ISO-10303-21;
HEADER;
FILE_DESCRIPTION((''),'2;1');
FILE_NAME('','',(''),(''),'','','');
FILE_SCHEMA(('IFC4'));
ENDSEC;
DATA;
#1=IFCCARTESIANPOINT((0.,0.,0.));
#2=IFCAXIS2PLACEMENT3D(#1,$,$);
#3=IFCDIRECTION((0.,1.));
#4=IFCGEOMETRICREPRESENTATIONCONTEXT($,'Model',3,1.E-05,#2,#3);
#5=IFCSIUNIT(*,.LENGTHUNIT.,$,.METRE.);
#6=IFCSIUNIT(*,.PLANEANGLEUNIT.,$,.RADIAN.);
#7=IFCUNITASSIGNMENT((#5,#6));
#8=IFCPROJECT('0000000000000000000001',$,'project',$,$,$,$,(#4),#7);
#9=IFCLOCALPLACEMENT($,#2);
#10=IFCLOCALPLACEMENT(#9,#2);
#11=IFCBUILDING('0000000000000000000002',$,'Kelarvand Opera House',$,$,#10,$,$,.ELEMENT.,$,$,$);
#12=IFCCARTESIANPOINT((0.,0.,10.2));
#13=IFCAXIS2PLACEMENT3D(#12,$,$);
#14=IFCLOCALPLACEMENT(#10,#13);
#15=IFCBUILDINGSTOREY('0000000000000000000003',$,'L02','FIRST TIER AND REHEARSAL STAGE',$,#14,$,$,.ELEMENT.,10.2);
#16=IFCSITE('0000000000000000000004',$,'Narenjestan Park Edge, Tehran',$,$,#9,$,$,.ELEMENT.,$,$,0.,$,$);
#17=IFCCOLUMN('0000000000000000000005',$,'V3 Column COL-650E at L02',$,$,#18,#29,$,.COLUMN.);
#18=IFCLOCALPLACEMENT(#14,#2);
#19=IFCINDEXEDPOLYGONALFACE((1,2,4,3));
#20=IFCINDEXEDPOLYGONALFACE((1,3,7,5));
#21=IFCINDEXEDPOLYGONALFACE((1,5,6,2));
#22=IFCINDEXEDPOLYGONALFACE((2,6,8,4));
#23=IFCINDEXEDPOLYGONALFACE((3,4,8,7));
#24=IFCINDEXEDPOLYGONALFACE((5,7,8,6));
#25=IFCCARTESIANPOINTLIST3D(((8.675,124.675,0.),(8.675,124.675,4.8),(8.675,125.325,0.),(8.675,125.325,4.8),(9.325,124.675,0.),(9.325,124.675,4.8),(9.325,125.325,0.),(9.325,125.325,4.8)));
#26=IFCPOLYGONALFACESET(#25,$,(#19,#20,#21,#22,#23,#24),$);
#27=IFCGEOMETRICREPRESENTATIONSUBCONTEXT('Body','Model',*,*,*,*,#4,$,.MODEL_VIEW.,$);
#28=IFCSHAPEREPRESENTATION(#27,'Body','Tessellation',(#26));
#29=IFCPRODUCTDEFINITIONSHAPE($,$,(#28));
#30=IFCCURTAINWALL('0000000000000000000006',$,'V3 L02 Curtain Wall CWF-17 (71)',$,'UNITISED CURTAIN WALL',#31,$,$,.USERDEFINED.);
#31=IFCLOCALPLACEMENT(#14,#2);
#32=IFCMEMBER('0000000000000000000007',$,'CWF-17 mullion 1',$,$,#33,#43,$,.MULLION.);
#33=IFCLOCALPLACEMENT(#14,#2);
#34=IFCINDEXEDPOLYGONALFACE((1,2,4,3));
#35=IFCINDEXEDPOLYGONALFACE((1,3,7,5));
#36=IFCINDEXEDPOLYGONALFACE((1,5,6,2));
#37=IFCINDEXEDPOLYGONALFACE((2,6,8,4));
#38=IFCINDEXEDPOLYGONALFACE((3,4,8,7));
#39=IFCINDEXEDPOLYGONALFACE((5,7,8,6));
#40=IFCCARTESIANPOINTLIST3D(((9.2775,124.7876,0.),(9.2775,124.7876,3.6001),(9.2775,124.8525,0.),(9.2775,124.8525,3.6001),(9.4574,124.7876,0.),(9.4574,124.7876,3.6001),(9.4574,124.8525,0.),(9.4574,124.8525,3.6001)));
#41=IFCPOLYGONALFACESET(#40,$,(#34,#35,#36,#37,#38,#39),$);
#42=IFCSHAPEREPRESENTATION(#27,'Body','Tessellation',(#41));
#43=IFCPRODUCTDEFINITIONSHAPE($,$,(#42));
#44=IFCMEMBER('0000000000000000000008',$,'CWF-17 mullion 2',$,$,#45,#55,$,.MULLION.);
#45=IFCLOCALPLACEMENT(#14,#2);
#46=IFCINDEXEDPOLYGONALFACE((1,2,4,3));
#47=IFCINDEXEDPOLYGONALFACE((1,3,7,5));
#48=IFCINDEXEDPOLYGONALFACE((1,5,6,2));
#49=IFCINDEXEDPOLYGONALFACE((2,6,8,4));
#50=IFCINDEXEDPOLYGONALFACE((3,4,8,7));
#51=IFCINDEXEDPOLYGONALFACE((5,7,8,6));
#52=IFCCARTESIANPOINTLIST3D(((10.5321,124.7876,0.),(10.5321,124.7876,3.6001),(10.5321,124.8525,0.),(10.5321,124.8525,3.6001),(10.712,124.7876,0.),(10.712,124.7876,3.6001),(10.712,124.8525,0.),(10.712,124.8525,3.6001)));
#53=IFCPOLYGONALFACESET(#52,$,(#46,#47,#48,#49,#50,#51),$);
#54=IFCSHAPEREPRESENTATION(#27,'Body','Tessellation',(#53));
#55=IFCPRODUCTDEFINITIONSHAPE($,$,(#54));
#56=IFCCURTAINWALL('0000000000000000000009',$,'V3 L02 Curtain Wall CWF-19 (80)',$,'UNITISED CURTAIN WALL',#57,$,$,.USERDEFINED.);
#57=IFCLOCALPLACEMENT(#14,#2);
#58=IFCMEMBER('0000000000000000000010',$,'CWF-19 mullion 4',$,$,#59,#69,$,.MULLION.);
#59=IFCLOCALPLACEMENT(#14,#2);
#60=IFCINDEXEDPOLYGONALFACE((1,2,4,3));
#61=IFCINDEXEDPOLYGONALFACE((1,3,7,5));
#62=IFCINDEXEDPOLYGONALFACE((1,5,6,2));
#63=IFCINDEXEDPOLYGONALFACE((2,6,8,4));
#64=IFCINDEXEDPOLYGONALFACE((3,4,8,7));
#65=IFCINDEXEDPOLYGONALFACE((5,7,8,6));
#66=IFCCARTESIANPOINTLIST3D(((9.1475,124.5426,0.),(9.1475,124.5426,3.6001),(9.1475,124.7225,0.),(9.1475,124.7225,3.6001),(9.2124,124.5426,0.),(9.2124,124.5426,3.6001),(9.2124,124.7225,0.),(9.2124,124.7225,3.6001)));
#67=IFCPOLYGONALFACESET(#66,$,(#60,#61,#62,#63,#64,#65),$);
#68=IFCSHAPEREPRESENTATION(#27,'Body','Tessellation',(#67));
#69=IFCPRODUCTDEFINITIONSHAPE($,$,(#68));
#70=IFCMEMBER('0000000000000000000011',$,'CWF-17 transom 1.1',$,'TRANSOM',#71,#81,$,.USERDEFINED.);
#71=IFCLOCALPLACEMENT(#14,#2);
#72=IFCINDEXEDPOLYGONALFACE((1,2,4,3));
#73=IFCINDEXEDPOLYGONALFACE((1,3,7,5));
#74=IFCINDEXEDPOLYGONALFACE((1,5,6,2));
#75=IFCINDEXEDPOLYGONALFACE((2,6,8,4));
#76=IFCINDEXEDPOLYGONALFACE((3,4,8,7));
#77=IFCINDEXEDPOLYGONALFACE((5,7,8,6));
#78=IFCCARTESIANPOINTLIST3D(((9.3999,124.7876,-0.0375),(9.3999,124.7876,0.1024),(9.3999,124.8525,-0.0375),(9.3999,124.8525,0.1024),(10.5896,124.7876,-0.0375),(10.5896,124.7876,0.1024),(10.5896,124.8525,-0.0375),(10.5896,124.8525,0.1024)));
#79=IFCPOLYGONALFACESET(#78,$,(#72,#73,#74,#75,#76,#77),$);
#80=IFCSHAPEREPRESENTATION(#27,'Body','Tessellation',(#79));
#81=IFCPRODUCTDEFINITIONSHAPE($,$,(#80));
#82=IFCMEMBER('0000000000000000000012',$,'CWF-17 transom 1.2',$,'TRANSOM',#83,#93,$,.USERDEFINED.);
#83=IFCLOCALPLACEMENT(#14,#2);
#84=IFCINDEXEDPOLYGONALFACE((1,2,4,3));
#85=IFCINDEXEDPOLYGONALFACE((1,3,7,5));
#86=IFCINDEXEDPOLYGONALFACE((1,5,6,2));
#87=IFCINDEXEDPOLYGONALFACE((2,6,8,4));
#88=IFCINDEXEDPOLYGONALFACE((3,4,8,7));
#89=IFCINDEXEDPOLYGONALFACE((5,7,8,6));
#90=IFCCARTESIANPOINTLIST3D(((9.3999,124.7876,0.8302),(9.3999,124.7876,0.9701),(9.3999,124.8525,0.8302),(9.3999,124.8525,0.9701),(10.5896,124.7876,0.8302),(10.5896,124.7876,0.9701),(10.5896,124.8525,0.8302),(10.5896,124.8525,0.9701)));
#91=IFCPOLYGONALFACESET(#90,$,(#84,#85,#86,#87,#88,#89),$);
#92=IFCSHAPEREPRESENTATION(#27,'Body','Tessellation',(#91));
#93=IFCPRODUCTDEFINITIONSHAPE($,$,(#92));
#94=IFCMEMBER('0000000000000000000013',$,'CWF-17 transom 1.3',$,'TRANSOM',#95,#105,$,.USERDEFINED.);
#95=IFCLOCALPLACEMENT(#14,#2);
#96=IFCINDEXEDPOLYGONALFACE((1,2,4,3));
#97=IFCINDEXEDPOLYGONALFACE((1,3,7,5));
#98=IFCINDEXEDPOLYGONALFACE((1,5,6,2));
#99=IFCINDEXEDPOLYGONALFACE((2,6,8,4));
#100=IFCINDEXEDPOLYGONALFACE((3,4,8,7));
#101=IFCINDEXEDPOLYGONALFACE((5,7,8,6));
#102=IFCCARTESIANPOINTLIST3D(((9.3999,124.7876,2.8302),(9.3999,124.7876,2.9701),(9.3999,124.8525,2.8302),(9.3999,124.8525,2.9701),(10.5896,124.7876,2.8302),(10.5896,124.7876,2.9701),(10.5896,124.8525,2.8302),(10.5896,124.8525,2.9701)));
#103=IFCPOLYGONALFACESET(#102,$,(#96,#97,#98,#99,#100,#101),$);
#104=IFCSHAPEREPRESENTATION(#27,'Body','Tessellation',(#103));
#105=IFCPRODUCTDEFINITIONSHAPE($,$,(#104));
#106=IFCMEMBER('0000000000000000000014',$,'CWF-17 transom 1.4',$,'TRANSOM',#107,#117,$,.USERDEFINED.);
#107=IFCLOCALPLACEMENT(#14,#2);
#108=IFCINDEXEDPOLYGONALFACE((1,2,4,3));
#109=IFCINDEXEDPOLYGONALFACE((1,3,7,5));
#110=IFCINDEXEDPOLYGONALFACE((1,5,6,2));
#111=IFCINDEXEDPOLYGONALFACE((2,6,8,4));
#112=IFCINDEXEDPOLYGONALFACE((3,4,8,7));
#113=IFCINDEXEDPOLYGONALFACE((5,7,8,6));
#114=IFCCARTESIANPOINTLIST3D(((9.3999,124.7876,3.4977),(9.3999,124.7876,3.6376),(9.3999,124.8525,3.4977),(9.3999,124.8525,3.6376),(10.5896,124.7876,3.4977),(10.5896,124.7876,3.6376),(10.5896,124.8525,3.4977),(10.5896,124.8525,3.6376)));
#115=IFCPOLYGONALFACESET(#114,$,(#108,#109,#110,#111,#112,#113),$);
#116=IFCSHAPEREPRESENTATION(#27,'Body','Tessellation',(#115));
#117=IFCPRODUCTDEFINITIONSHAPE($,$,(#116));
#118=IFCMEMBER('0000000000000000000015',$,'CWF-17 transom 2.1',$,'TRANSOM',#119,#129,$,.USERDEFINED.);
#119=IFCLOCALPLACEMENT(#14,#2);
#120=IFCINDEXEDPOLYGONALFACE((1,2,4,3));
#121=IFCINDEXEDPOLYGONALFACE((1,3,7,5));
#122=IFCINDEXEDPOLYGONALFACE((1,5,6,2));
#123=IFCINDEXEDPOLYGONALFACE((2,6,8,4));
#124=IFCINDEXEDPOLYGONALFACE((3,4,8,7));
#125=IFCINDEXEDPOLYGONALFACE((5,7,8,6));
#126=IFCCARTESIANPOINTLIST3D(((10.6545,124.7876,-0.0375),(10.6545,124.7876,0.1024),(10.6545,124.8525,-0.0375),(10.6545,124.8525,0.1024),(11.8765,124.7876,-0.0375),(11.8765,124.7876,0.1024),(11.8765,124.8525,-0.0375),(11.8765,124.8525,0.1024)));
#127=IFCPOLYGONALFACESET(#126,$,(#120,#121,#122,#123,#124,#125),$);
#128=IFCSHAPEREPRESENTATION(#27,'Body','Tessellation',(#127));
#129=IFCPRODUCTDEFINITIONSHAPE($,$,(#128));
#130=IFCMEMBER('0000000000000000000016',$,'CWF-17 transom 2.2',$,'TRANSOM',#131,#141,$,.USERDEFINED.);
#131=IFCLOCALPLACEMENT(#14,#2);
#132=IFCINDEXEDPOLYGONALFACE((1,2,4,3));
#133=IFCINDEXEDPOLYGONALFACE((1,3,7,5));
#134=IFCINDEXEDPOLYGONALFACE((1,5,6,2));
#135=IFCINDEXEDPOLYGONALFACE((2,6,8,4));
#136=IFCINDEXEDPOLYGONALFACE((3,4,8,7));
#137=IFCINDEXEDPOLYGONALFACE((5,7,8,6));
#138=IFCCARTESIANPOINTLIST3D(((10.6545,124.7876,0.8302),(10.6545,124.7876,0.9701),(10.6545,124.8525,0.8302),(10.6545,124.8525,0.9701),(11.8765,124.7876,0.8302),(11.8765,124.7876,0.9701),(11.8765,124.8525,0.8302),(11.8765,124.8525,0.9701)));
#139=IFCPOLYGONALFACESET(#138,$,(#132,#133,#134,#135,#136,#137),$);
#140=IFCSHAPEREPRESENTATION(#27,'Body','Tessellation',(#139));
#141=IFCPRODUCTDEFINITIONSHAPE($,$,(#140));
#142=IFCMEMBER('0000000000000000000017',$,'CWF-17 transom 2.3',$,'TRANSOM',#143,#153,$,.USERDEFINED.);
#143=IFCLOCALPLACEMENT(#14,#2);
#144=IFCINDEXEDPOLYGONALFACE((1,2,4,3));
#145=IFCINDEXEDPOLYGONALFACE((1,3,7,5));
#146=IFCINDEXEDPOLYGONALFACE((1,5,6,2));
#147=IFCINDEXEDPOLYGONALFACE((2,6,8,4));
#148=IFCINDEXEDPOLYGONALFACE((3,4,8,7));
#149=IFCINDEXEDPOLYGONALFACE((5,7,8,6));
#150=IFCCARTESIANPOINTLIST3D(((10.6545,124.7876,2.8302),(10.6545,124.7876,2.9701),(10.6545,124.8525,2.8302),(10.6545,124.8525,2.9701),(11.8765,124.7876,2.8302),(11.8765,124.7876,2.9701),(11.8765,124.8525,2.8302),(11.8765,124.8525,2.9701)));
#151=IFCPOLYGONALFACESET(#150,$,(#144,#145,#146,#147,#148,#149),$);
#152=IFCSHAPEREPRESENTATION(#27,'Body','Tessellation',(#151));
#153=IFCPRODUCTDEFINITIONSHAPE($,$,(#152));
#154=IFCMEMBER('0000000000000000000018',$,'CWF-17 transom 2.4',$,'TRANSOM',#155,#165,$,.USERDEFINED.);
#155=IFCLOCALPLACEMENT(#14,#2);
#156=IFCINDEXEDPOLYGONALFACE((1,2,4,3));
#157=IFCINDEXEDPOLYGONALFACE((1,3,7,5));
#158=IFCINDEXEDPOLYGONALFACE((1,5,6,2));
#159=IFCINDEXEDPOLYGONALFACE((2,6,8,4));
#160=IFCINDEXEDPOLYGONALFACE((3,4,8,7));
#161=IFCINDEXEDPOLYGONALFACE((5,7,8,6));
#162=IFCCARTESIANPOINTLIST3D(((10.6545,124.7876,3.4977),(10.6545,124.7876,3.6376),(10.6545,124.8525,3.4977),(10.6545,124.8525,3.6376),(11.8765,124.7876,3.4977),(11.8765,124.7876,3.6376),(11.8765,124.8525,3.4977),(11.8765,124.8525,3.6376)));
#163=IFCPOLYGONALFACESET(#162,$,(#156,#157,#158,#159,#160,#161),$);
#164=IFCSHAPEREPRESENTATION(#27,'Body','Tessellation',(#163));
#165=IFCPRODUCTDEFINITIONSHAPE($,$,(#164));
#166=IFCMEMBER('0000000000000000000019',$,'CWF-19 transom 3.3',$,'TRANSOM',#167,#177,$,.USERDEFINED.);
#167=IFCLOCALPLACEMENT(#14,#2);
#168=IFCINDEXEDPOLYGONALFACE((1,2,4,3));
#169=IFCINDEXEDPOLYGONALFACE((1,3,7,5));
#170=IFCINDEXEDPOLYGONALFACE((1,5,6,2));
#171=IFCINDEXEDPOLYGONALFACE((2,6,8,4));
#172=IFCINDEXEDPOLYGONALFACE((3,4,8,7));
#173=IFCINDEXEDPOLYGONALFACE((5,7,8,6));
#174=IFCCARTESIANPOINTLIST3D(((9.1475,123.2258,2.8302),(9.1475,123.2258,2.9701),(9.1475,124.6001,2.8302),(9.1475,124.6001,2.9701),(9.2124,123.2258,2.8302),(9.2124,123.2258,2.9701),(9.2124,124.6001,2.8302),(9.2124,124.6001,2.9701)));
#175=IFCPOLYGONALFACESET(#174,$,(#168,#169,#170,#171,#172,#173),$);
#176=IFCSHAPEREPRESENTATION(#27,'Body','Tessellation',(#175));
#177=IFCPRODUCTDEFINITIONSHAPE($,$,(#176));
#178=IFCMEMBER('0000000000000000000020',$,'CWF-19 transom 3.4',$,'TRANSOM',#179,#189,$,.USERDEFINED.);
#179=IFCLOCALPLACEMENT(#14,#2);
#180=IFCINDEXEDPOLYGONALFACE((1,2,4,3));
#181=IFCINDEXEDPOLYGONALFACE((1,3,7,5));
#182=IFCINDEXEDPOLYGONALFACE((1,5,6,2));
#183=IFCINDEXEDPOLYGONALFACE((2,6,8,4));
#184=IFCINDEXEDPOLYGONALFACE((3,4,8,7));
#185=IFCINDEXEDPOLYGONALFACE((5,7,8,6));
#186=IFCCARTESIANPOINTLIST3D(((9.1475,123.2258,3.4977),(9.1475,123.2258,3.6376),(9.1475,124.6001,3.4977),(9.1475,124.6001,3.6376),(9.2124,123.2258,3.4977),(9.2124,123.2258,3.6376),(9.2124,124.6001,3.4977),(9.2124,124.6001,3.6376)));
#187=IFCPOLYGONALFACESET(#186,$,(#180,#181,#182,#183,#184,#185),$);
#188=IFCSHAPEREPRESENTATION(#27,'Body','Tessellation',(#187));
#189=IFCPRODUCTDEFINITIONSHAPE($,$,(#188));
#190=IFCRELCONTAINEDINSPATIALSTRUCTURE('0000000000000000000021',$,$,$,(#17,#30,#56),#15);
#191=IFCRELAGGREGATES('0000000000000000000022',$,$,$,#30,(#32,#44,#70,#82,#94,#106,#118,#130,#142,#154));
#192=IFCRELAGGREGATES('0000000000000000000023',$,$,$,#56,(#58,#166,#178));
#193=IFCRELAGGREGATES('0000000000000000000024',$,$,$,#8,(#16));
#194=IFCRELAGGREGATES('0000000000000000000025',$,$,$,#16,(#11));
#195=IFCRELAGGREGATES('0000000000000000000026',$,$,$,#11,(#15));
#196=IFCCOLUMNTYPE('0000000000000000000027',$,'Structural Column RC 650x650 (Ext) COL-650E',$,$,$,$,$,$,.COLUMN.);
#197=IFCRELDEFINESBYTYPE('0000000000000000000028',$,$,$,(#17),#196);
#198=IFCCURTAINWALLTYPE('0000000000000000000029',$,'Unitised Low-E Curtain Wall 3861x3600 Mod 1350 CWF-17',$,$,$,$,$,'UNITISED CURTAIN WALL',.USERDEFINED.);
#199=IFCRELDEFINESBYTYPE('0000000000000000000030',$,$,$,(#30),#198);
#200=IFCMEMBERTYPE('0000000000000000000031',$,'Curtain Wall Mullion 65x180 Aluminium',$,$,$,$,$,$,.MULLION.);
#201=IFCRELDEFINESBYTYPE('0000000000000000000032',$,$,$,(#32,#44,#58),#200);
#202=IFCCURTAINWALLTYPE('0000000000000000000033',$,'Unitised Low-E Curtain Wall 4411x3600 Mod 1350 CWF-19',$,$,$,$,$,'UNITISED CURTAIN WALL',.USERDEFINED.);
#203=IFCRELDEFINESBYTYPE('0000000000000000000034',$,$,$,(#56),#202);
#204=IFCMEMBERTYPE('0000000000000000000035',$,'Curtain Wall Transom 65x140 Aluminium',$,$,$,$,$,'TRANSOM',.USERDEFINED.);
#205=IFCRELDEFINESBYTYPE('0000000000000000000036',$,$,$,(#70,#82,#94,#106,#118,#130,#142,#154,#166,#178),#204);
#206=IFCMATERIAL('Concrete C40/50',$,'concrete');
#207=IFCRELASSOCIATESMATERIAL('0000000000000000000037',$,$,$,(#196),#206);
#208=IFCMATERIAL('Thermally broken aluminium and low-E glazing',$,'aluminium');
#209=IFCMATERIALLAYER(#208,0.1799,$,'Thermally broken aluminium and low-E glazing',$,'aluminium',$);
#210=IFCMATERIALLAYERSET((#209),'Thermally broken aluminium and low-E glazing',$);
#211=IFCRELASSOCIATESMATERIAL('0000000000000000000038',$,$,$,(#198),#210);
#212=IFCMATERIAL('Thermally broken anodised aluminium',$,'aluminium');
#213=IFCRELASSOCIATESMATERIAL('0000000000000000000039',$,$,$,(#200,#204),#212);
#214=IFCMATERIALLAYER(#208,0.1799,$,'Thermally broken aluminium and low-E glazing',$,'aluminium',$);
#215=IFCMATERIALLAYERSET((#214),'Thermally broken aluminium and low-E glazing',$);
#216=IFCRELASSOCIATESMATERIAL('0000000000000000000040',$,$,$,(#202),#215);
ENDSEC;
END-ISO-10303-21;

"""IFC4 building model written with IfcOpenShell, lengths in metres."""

from ifc_helpers import new_model, si_unit, direction, frame, origin, origin_2d, place, context, subcontext, project, spatial, rectangle, extrude, material, layer, layer_set, material_profile, profile_set, type_object, element, aggregate, save


model = new_model("IFC4")

# Units and contexts
model_context = context("Model", 3, precision=1e-05, world=origin(), true_north=direction((0.0, 1.0)))
body_context = subcontext(model_context, "Body", "Model", "MODEL_VIEW")
ifc_project = project(units=[si_unit("LENGTHUNIT", "METRE"), si_unit("PLANEANGLEUNIT", "RADIAN")], contexts=[model_context])

# Site, building, storey
site_placement = place(None, origin())
site = spatial("IfcSite", under=ifc_project, at=site_placement, Name="Narenjestan Park Edge, Tehran", CompositionType="ELEMENT", RefElevation=0.0)
building_placement = place(site_placement, origin())
building = spatial("IfcBuilding", under=site, at=building_placement, Name="Kelarvand Opera House", CompositionType="ELEMENT")
storey_placement = place(building_placement, frame((0.0, 0.0, 10.2)))
storey = spatial("IfcBuildingStorey", under=building, at=storey_placement, Name="L02", Description="FIRST TIER AND REHEARSAL STAGE", CompositionType="ELEMENT", Elevation=10.2)

# Column
ifc_material_1 = material(Name="Concrete C40/50", Category="concrete")
ifc_material_profile_1 = material_profile(ifc_material_1, rectangle(XDim=0.6499, YDim=0.6499, at=origin_2d()), Name="RC 650x650", Category="concrete")
ifc_profile_set_1 = profile_set([ifc_material_profile_1], Name="Concrete C40/50")
column_type = type_object("IfcColumnType", Name="Structural Column RC 650x650 (Ext) COL-650E", PredefinedType="COLUMN", material=ifc_profile_set_1)
column_placement = place(storey_placement, frame((9.0, 125.0, 0.0), z_axis=(0.0, 0.0, 1.0), x_axis=(1.0, 0.0, 0.0)))
element("IfcColumn", 1, at=column_placement, inside=storey, type_object=column_type, Name="V3 Column COL-650E at L02", PredefinedType="COLUMN", context=body_context, shape_type="SweptSolid", body=[
    extrude(rectangle(XDim=0.6499, YDim=0.6499, at=origin_2d()), origin(), (0.0, 0.0, 1.0), 4.8),
])

# Curtain wall, members
ifc_material_2 = material(Name="Thermally broken aluminium and low-E glazing", Category="aluminium")
ifc_layer_1 = layer(ifc_material_2, 0.1799, Name="Thermally broken aluminium and low-E glazing", Category="aluminium")
ifc_layer_set_1 = layer_set([ifc_layer_1], Name="Thermally broken aluminium and low-E glazing")
curtain_wall_type_1 = type_object("IfcCurtainWallType", Name="Unitised Low-E Curtain Wall 3861x3600 Mod 1350 CWF-17", ElementType="UNITISED CURTAIN WALL", PredefinedType="USERDEFINED", material=ifc_layer_set_1)
curtain_wall_1_placement = place(storey_placement, origin())
curtain_wall_1 = element("IfcCurtainWall", 2, at=curtain_wall_1_placement, inside=storey, type_object=curtain_wall_type_1, Name="V3 L02 Curtain Wall CWF-17 (71)", ObjectType="UNITISED CURTAIN WALL", PredefinedType="USERDEFINED")
ifc_material_3 = material(Name="Thermally broken anodised aluminium", Category="aluminium")
ifc_material_profile_2 = material_profile(ifc_material_3, rectangle(XDim=0.0649, YDim=0.1799, at=origin_2d()), Name="ALU MULLION 65x180", Category="aluminium")
ifc_profile_set_2 = profile_set([ifc_material_profile_2], Name="Thermally broken anodised aluminium")
member_type_1 = type_object("IfcMemberType", Name="Curtain Wall Mullion 65x180 Aluminium", PredefinedType="MULLION", material=ifc_profile_set_2)
member_1_placement = place(storey_placement, frame((9.3674, 124.8201, 0.0), z_axis=(0.0, 0.0, 1.0), x_axis=(0.0, 1.0, 0.0)))
member_1 = element("IfcMember", 3, at=member_1_placement, type_object=member_type_1, Name="CWF-17 mullion 1", PredefinedType="MULLION", context=body_context, shape_type="SweptSolid", body=[
    extrude(rectangle(XDim=0.0649, YDim=0.1799, at=origin_2d()), origin(), (0.0, 0.0, 1.0), 3.6001),
])
member_2_placement = place(storey_placement, frame((10.6221, 124.8201, 0.0), z_axis=(0.0, 0.0, 1.0), x_axis=(0.0, 1.0, 0.0)))
member_2 = element("IfcMember", 4, at=member_2_placement, type_object=member_type_1, Name="CWF-17 mullion 2", PredefinedType="MULLION", context=body_context, shape_type="SweptSolid", body=[
    extrude(rectangle(XDim=0.0649, YDim=0.1799, at=origin_2d()), origin(), (0.0, 0.0, 1.0), 3.6001),
])

# Curtain wall, member
ifc_layer_2 = layer(ifc_material_2, 0.1799, Name="Thermally broken aluminium and low-E glazing", Category="aluminium")
ifc_layer_set_2 = layer_set([ifc_layer_2], Name="Thermally broken aluminium and low-E glazing")
curtain_wall_type_2 = type_object("IfcCurtainWallType", Name="Unitised Low-E Curtain Wall 4411x3600 Mod 1350 CWF-19", ElementType="UNITISED CURTAIN WALL", PredefinedType="USERDEFINED", material=ifc_layer_set_2)
curtain_wall_2_placement = place(storey_placement, origin())
curtain_wall_2 = element("IfcCurtainWall", 5, at=curtain_wall_2_placement, inside=storey, type_object=curtain_wall_type_2, Name="V3 L02 Curtain Wall CWF-19 (80)", ObjectType="UNITISED CURTAIN WALL", PredefinedType="USERDEFINED")
member_3_placement = place(storey_placement, frame((9.1799, 124.6326, 0.0), z_axis=(0.0, 0.0, 1.0), x_axis=(-1.0, 0.0, 0.0)))
member_3 = element("IfcMember", 6, at=member_3_placement, type_object=member_type_1, Name="CWF-19 mullion 4", PredefinedType="MULLION", context=body_context, shape_type="SweptSolid", body=[
    extrude(rectangle(XDim=0.0649, YDim=0.1799, at=origin_2d()), origin(), (0.0, 0.0, 1.0), 3.6001),
])

# Members
ifc_material_profile_3 = material_profile(ifc_material_3, rectangle(XDim=0.0649, YDim=0.1399, at=origin_2d()), Name="ALU TRANSOM 65x140", Category="aluminium")
ifc_profile_set_3 = profile_set([ifc_material_profile_3], Name="Thermally broken anodised aluminium")
member_type_2 = type_object("IfcMemberType", Name="Curtain Wall Transom 65x140 Aluminium", ElementType="TRANSOM", PredefinedType="USERDEFINED", material=ifc_profile_set_3)
member_4_placement = place(storey_placement, frame((9.3999, 124.8201, 0.0325), z_axis=(1.0, 0.0, 0.0), x_axis=(0.0, 1.0, 0.0)))
member_4 = element("IfcMember", 7, at=member_4_placement, type_object=member_type_2, Name="CWF-17 transom 1.1", ObjectType="TRANSOM", PredefinedType="USERDEFINED", context=body_context, shape_type="SweptSolid", body=[
    extrude(rectangle(XDim=0.0649, YDim=0.1399, at=origin_2d()), origin(), (0.0, 0.0, 1.0), 1.1897),
])
member_5_placement = place(storey_placement, frame((9.3999, 124.8201, 0.9001), z_axis=(1.0, 0.0, 0.0), x_axis=(0.0, 1.0, 0.0)))
member_5 = element("IfcMember", 8, at=member_5_placement, type_object=member_type_2, Name="CWF-17 transom 1.2", ObjectType="TRANSOM", PredefinedType="USERDEFINED", context=body_context, shape_type="SweptSolid", body=[
    extrude(rectangle(XDim=0.0649, YDim=0.1399, at=origin_2d()), origin(), (0.0, 0.0, 1.0), 1.1897),
])
member_6_placement = place(storey_placement, frame((9.3999, 124.8201, 2.9001), z_axis=(1.0, 0.0, 0.0), x_axis=(0.0, 1.0, 0.0)))
member_6 = element("IfcMember", 9, at=member_6_placement, type_object=member_type_2, Name="CWF-17 transom 1.3", ObjectType="TRANSOM", PredefinedType="USERDEFINED", context=body_context, shape_type="SweptSolid", body=[
    extrude(rectangle(XDim=0.0649, YDim=0.1399, at=origin_2d()), origin(), (0.0, 0.0, 1.0), 1.1897),
])
member_7_placement = place(storey_placement, frame((9.3999, 124.8201, 3.5676), z_axis=(1.0, 0.0, 0.0), x_axis=(0.0, 1.0, 0.0)))
member_7 = element("IfcMember", 10, at=member_7_placement, type_object=member_type_2, Name="CWF-17 transom 1.4", ObjectType="TRANSOM", PredefinedType="USERDEFINED", context=body_context, shape_type="SweptSolid", body=[
    extrude(rectangle(XDim=0.0649, YDim=0.1399, at=origin_2d()), origin(), (0.0, 0.0, 1.0), 1.1897),
])
member_8_placement = place(storey_placement, frame((10.6545, 124.8201, 0.0325), z_axis=(1.0, 0.0, 0.0), x_axis=(0.0, 1.0, 0.0)))
member_8 = element("IfcMember", 11, at=member_8_placement, type_object=member_type_2, Name="CWF-17 transom 2.1", ObjectType="TRANSOM", PredefinedType="USERDEFINED", context=body_context, shape_type="SweptSolid", body=[
    extrude(rectangle(XDim=0.0649, YDim=0.1399, at=origin_2d()), origin(), (0.0, 0.0, 1.0), 1.2219),
])
member_9_placement = place(storey_placement, frame((10.6545, 124.8201, 0.9001), z_axis=(1.0, 0.0, 0.0), x_axis=(0.0, 1.0, 0.0)))
member_9 = element("IfcMember", 12, at=member_9_placement, type_object=member_type_2, Name="CWF-17 transom 2.2", ObjectType="TRANSOM", PredefinedType="USERDEFINED", context=body_context, shape_type="SweptSolid", body=[
    extrude(rectangle(XDim=0.0649, YDim=0.1399, at=origin_2d()), origin(), (0.0, 0.0, 1.0), 1.2219),
])
member_10_placement = place(storey_placement, frame((10.6545, 124.8201, 2.9001), z_axis=(1.0, 0.0, 0.0), x_axis=(0.0, 1.0, 0.0)))
member_10 = element("IfcMember", 13, at=member_10_placement, type_object=member_type_2, Name="CWF-17 transom 2.3", ObjectType="TRANSOM", PredefinedType="USERDEFINED", context=body_context, shape_type="SweptSolid", body=[
    extrude(rectangle(XDim=0.0649, YDim=0.1399, at=origin_2d()), origin(), (0.0, 0.0, 1.0), 1.2219),
])
member_11_placement = place(storey_placement, frame((10.6545, 124.8201, 3.5676), z_axis=(1.0, 0.0, 0.0), x_axis=(0.0, 1.0, 0.0)))
member_11 = element("IfcMember", 14, at=member_11_placement, type_object=member_type_2, Name="CWF-17 transom 2.4", ObjectType="TRANSOM", PredefinedType="USERDEFINED", context=body_context, shape_type="SweptSolid", body=[
    extrude(rectangle(XDim=0.0649, YDim=0.1399, at=origin_2d()), origin(), (0.0, 0.0, 1.0), 1.2219),
])
member_12_placement = place(storey_placement, frame((9.1799, 123.2258, 2.9001), z_axis=(0.0, 1.0, 0.0), x_axis=(-1.0, 0.0, 0.0)))
member_12 = element("IfcMember", 15, at=member_12_placement, type_object=member_type_2, Name="CWF-19 transom 3.3", ObjectType="TRANSOM", PredefinedType="USERDEFINED", context=body_context, shape_type="SweptSolid", body=[
    extrude(rectangle(XDim=0.0649, YDim=0.1399, at=origin_2d()), origin(), (0.0, 0.0, 1.0), 1.3743),
])
member_13_placement = place(storey_placement, frame((9.1799, 123.2258, 3.5676), z_axis=(0.0, 1.0, 0.0), x_axis=(-1.0, 0.0, 0.0)))
member_13 = element("IfcMember", 16, at=member_13_placement, type_object=member_type_2, Name="CWF-19 transom 3.4", ObjectType="TRANSOM", PredefinedType="USERDEFINED", context=body_context, shape_type="SweptSolid", body=[
    extrude(rectangle(XDim=0.0649, YDim=0.1399, at=origin_2d()), origin(), (0.0, 0.0, 1.0), 1.3743),
])

aggregate(curtain_wall_1, [member_1, member_2, member_4, member_5, member_6, member_7, member_8, member_9, member_10, member_11])
aggregate(curtain_wall_2, [member_3, member_12, member_13])

save(model, "model.ifc")
